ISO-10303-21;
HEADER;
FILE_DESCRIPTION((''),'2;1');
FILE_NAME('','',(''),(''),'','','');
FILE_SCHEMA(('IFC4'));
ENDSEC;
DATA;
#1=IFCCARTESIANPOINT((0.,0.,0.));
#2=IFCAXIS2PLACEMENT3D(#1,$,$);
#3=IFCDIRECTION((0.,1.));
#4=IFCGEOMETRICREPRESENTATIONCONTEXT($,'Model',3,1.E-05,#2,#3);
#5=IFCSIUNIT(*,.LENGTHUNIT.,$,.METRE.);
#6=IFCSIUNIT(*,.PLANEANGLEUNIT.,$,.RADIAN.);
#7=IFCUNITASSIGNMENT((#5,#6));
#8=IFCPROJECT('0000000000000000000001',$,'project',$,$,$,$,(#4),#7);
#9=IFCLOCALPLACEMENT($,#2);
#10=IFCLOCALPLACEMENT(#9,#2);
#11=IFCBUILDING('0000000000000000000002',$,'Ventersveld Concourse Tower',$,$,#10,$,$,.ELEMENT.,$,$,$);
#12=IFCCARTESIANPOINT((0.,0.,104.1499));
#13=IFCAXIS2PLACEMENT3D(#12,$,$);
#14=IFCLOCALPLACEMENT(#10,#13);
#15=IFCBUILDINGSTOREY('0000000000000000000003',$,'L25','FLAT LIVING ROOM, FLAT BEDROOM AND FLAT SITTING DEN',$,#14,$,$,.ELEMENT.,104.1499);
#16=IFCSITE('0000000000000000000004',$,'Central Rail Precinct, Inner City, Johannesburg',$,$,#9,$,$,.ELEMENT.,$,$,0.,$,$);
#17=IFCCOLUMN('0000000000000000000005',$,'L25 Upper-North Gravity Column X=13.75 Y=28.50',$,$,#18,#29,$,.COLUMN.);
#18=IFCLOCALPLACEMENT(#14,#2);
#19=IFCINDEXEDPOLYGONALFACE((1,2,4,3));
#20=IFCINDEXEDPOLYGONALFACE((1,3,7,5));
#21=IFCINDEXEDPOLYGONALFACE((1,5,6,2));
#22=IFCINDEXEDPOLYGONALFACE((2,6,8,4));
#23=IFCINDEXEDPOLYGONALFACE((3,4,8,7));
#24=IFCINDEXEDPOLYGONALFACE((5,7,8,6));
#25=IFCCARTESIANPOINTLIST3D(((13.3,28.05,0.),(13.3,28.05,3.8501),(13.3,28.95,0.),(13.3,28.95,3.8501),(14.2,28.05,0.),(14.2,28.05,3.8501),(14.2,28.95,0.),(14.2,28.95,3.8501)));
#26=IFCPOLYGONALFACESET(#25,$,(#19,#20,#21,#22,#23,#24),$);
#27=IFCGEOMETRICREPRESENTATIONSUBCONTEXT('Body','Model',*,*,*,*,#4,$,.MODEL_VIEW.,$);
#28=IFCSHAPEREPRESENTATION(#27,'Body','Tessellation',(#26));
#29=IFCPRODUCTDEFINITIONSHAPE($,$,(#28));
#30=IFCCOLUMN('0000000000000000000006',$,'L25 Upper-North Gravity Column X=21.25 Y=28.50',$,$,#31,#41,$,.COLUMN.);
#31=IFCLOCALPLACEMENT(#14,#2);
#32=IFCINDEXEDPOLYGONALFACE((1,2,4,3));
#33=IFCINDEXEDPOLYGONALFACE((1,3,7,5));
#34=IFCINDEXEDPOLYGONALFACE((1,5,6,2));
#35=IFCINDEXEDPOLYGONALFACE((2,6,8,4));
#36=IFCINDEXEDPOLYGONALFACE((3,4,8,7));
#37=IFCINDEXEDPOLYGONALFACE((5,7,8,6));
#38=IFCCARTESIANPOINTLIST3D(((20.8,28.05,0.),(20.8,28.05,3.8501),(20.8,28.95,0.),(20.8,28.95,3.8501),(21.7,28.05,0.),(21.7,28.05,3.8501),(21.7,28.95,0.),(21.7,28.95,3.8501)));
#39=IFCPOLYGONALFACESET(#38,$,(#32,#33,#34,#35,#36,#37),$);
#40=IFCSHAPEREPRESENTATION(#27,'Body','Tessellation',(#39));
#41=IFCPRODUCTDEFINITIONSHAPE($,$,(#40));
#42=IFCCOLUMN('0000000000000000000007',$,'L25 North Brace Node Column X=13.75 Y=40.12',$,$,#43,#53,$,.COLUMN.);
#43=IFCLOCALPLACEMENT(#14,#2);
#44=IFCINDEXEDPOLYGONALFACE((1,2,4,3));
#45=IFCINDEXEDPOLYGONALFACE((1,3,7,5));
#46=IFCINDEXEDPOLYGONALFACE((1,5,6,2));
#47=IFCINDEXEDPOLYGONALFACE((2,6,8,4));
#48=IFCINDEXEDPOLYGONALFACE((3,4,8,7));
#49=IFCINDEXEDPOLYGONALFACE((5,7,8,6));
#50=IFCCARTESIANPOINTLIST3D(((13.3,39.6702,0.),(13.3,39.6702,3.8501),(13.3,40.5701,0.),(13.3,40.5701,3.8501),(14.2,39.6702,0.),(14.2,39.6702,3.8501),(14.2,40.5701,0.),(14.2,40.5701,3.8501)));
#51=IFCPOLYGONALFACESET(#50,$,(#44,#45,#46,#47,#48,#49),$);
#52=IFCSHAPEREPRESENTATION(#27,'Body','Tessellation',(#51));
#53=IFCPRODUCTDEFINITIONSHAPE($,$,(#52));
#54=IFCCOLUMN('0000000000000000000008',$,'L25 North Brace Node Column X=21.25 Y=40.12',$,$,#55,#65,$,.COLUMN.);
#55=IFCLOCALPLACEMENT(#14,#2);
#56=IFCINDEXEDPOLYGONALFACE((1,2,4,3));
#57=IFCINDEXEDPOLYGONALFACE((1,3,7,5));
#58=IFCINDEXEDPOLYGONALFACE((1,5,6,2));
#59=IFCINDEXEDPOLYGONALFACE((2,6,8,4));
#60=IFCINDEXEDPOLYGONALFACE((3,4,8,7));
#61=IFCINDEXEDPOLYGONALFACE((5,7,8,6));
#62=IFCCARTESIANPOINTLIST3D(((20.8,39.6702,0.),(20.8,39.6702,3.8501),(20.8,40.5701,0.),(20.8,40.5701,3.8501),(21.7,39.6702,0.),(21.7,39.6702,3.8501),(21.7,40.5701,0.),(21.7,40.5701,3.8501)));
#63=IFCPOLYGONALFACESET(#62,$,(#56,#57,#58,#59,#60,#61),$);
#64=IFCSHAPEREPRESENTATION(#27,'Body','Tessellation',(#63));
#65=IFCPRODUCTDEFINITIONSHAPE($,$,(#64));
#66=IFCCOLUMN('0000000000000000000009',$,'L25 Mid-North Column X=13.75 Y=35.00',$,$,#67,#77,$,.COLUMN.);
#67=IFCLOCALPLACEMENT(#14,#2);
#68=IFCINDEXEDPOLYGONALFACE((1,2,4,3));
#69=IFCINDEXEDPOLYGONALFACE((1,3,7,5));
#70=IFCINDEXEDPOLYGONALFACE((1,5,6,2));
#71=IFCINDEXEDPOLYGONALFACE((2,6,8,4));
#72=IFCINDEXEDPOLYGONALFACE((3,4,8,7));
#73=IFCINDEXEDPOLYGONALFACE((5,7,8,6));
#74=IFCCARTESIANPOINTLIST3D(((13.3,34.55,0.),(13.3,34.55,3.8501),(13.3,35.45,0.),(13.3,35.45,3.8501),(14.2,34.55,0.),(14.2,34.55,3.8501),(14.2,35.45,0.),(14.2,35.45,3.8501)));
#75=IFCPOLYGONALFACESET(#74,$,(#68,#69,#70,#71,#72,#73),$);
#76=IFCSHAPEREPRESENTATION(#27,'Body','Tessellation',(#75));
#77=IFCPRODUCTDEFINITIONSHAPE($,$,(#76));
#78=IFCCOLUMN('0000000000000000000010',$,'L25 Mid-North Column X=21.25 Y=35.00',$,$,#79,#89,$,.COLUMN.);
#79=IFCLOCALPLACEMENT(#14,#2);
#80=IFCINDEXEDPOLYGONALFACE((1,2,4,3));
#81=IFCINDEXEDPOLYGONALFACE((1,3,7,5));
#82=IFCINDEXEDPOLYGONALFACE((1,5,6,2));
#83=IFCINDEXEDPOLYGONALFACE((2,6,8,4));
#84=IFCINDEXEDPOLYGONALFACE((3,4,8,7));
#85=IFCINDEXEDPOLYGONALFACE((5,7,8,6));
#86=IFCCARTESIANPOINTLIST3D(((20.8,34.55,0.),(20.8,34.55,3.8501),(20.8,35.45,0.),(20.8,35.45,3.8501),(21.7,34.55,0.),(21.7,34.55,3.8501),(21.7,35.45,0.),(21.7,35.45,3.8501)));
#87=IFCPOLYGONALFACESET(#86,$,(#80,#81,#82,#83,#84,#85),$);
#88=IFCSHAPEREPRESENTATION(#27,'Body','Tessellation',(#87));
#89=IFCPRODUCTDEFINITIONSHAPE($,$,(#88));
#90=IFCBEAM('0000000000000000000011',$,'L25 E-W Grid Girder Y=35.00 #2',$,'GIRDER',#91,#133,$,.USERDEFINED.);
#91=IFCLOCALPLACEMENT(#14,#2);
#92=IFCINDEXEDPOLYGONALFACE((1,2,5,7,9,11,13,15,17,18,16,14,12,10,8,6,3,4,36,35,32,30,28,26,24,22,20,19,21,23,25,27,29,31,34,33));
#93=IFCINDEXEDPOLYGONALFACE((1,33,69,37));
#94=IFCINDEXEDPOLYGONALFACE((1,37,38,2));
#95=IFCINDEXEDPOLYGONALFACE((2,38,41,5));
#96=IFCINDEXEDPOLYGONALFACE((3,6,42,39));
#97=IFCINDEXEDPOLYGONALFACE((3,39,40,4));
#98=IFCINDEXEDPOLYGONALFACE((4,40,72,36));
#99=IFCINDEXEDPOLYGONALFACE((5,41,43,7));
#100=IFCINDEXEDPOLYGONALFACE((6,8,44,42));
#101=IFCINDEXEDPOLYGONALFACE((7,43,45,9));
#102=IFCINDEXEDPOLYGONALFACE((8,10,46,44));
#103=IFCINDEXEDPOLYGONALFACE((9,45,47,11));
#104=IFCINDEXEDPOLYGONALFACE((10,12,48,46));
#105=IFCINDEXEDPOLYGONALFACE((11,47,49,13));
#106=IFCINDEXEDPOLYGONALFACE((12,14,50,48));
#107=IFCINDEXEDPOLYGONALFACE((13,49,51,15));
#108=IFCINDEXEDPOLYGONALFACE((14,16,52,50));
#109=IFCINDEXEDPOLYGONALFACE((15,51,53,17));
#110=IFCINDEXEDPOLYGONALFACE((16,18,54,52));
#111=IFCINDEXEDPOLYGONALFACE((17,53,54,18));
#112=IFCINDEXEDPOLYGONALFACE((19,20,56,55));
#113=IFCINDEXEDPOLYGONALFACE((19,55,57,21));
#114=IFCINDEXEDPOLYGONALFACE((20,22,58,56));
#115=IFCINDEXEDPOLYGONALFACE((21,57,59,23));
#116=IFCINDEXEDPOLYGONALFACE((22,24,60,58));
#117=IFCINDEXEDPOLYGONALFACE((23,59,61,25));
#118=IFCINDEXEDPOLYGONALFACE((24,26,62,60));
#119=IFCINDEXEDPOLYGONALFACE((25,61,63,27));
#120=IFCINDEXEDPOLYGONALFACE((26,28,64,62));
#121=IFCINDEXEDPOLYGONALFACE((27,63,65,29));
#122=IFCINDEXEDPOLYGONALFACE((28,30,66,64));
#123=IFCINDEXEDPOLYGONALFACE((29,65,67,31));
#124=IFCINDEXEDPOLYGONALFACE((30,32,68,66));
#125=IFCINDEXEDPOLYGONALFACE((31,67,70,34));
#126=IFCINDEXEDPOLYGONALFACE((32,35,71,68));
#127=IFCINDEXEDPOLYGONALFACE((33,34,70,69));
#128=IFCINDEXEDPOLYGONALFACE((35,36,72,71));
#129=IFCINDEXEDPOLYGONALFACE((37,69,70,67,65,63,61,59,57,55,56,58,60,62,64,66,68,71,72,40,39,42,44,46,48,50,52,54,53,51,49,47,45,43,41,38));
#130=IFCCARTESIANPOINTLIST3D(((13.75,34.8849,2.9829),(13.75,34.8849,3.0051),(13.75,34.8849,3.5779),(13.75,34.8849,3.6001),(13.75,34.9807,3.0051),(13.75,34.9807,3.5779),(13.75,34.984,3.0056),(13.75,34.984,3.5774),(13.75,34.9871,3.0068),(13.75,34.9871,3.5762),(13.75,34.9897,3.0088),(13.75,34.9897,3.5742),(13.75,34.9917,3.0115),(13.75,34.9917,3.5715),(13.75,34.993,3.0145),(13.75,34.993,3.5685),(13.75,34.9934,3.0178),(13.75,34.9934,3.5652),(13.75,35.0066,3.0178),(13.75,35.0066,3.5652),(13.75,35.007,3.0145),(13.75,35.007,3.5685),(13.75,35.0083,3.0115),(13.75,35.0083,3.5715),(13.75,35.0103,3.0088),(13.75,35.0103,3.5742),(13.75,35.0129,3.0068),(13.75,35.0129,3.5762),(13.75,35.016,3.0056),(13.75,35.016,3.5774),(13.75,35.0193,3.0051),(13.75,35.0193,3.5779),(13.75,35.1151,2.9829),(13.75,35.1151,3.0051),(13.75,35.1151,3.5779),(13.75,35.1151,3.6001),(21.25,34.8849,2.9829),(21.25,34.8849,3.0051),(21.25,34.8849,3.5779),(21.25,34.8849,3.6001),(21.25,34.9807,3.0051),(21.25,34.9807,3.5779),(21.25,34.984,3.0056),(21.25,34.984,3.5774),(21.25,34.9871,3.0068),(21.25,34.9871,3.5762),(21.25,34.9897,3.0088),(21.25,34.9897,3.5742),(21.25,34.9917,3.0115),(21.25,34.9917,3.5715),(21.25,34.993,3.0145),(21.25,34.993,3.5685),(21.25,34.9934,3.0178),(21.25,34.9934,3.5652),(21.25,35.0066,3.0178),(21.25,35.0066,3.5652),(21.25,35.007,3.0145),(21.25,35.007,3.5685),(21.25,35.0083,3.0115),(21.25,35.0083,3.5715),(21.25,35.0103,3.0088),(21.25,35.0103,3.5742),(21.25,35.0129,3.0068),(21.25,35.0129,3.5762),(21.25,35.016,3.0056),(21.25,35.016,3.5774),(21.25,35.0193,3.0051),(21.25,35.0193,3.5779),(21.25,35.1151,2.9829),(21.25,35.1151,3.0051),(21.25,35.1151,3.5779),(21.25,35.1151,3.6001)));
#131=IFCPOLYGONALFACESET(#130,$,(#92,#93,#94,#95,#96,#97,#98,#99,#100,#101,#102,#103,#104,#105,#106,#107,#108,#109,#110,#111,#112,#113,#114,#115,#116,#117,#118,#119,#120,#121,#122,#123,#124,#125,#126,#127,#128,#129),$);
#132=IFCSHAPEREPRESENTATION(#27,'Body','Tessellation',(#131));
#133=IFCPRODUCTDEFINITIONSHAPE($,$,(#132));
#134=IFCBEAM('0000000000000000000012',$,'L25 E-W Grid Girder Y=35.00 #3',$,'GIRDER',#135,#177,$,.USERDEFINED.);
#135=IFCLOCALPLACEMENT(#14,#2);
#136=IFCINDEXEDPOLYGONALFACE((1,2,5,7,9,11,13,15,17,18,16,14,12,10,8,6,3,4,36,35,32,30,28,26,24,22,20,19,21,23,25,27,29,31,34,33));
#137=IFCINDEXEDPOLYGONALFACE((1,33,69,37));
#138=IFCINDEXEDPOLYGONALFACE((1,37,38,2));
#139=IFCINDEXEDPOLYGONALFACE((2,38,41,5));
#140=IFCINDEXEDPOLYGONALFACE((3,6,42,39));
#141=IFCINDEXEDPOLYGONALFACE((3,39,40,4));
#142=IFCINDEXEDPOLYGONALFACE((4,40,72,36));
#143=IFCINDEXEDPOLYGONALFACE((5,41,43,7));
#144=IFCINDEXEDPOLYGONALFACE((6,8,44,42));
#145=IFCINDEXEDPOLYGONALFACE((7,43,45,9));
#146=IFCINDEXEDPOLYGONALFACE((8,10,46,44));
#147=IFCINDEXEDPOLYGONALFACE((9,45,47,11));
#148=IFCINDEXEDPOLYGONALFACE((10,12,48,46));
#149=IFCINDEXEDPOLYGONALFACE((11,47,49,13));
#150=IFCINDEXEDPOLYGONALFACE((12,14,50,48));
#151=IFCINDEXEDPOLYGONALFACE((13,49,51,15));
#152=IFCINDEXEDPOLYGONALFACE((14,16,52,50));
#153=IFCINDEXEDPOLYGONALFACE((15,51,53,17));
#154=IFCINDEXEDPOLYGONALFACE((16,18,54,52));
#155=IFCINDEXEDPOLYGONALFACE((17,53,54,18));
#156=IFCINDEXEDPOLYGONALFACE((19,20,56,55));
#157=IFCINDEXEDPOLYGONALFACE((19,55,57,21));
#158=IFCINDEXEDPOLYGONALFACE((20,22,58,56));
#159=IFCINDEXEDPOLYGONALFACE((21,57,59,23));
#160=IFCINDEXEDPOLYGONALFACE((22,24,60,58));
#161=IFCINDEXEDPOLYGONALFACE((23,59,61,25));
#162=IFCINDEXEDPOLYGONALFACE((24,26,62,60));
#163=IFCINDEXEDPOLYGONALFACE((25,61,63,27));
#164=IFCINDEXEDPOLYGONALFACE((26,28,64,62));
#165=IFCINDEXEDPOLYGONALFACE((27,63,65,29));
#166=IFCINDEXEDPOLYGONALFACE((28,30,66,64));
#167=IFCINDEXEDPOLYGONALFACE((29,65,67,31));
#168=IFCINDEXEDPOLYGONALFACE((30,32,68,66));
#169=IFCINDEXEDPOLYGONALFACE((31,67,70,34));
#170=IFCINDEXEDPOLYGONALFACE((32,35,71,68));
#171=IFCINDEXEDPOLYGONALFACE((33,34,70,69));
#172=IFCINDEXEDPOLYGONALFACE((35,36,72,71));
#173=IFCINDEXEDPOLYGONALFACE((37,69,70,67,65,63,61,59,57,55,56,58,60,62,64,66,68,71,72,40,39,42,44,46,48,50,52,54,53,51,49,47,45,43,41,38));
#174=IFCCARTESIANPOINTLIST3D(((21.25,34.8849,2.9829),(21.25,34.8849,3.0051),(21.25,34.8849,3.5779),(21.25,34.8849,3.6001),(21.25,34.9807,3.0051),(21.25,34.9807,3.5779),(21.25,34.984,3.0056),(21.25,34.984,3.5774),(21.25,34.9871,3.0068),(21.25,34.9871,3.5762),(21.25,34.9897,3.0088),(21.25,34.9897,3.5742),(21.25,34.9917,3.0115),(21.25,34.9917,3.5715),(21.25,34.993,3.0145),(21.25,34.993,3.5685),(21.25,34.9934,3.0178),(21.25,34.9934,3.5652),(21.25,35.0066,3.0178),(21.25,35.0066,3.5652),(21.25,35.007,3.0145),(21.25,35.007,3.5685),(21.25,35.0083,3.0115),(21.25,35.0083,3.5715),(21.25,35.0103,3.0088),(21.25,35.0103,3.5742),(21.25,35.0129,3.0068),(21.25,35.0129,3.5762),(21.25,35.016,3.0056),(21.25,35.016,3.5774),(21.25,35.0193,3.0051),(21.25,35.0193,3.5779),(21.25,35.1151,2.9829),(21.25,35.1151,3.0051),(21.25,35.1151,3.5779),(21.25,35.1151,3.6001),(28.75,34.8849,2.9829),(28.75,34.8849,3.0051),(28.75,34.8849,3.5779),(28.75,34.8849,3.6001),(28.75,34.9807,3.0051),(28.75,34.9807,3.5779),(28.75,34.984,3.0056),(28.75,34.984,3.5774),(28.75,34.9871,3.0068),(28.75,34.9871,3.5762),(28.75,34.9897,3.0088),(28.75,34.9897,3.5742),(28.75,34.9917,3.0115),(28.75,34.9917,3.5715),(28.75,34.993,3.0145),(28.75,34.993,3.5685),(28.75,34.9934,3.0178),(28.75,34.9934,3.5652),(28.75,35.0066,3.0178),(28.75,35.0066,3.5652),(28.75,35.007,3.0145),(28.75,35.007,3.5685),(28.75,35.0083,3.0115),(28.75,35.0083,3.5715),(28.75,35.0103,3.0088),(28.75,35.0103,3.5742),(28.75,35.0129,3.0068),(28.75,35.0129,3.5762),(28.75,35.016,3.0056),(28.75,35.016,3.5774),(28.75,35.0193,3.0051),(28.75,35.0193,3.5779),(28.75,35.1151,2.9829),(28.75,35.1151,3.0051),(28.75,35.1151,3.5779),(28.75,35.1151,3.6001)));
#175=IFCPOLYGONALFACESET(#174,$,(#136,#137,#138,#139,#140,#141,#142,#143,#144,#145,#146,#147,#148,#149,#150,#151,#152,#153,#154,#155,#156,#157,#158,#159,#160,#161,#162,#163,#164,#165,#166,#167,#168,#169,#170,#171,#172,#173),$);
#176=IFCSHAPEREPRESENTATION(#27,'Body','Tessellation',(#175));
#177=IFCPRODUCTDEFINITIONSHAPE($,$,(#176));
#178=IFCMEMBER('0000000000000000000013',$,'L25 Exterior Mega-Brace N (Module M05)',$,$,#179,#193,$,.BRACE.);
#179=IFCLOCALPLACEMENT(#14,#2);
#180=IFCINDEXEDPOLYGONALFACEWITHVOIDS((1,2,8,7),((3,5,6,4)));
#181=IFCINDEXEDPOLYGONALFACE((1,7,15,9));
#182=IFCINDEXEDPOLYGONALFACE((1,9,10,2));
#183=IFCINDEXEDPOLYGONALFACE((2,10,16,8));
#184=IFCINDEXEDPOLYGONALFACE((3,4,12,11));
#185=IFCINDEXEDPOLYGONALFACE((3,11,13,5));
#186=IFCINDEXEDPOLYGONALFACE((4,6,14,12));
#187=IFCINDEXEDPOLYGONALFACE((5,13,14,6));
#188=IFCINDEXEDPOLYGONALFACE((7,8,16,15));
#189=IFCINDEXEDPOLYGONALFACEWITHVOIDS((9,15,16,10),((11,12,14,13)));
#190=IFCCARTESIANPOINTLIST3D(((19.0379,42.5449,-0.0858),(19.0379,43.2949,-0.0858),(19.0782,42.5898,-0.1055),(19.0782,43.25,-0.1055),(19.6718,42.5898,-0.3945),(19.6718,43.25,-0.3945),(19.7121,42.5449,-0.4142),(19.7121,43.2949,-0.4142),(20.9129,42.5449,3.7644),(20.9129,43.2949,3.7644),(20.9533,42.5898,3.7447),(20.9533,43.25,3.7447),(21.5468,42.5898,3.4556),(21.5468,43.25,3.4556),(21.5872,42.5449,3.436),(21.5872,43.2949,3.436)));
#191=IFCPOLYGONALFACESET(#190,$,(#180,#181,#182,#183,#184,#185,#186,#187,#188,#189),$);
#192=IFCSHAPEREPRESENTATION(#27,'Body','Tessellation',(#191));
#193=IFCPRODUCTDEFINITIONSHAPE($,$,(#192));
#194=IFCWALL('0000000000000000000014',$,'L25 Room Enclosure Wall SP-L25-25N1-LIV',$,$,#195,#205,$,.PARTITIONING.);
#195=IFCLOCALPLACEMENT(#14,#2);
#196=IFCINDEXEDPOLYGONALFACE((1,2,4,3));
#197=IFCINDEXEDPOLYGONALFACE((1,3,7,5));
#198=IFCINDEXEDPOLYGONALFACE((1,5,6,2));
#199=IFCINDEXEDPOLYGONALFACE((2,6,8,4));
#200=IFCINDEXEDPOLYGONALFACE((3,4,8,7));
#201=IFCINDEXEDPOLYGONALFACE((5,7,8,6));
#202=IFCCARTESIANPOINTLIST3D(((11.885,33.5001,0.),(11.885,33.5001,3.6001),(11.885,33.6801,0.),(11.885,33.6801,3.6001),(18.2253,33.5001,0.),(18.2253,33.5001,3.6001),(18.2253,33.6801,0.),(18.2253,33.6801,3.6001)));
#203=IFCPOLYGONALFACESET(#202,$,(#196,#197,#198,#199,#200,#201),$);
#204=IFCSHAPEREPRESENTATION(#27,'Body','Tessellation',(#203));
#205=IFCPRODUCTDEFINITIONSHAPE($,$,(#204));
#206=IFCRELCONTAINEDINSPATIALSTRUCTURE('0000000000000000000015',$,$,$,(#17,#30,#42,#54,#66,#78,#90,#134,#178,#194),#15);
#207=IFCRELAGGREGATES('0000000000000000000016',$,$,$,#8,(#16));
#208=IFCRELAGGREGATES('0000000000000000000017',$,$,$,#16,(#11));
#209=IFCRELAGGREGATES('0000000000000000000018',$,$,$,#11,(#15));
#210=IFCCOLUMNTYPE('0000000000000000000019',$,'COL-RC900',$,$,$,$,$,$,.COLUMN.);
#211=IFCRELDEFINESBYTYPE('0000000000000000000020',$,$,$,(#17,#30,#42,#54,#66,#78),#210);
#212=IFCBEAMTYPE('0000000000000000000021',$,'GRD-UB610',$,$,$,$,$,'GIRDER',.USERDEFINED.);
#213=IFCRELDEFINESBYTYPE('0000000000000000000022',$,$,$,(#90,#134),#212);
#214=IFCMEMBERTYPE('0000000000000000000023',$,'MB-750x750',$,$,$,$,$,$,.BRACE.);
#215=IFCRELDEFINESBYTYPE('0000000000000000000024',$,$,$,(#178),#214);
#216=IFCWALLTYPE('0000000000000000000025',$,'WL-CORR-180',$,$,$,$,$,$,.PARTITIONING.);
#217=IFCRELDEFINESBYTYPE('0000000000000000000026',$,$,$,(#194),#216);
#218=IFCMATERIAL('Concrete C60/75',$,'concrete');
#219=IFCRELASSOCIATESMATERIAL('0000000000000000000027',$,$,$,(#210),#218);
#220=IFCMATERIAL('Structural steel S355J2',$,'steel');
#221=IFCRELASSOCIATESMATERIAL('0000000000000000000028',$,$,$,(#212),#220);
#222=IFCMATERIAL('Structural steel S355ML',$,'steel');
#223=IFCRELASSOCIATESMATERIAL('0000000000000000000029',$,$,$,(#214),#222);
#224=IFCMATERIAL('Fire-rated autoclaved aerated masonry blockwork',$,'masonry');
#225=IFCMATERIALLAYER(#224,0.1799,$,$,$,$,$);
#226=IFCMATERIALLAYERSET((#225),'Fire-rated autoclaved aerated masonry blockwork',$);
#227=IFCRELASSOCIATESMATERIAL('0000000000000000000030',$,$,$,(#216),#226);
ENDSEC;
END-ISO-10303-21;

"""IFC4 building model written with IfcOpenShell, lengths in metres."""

from ifc_helpers import new_model, si_unit, direction, frame, frame_2d, origin, origin_2d, place, context, subcontext, project, spatial, rectangle, hollow_rectangle, i_section, extrude, material, layer, layer_set, material_profile, profile_set, type_object, element, save


model = new_model("IFC4")

# Units and contexts
model_context = context("Model", 3, precision=1e-05, world=origin(), true_north=direction((0.0, 1.0)))
body_context = subcontext(model_context, "Body", "Model", "MODEL_VIEW")
ifc_project = project(units=[si_unit("LENGTHUNIT", "METRE"), si_unit("PLANEANGLEUNIT", "RADIAN")], contexts=[model_context])

# Site, building, storey
site_placement = place(None, origin())
site = spatial("IfcSite", under=ifc_project, at=site_placement, Name="Central Rail Precinct, Inner City, Johannesburg", CompositionType="ELEMENT", RefElevation=0.0)
building_placement = place(site_placement, origin())
building = spatial("IfcBuilding", under=site, at=building_placement, Name="Ventersveld Concourse Tower", CompositionType="ELEMENT")
storey_placement = place(building_placement, frame((0.0, 0.0, 104.1499)))
storey = spatial("IfcBuildingStorey", under=building, at=storey_placement, Name="L25", Description="FLAT LIVING ROOM, FLAT BEDROOM AND FLAT SITTING DEN", CompositionType="ELEMENT", Elevation=104.1499)

# Columns
ifc_material_1 = material(Name="Concrete C60/75", Category="concrete")
ifc_material_profile_1 = material_profile(ifc_material_1, rectangle(XDim=0.8999, YDim=0.8999, at=origin_2d()), Name="RC 900x900")
ifc_profile_set_1 = profile_set([ifc_material_profile_1], Name="Concrete C60/75")
column_type = type_object("IfcColumnType", Name="COL-RC900", PredefinedType="COLUMN", material=ifc_profile_set_1)
for number, where, z_axis, x_axis, name in (
    (1, (13.75, 28.5, 0.0), (0.0, 0.0, 1.0), (1.0, 0.0, 0.0), "L25 Upper-North Gravity Column X=13.75 Y=28.50"),
    (2, (21.25, 28.5, 0.0), (0.0, 0.0, 1.0), (1.0, 0.0, 0.0), "L25 Upper-North Gravity Column X=21.25 Y=28.50"),
    (3, (13.75, 40.1201, 0.0), (0.0, 0.0, 1.0), (1.0, 0.0, 0.0), "L25 North Brace Node Column X=13.75 Y=40.12"),
    (4, (21.25, 40.1201, 0.0), (0.0, 0.0, 1.0), (1.0, 0.0, 0.0), "L25 North Brace Node Column X=21.25 Y=40.12"),
    (5, (13.75, 35.0, 0.0), (0.0, 0.0, 1.0), (1.0, 0.0, 0.0), "L25 Mid-North Column X=13.75 Y=35.00"),
    (6, (21.25, 35.0, 0.0), (0.0, 0.0, 1.0), (1.0, 0.0, 0.0), "L25 Mid-North Column X=21.25 Y=35.00"),
):
    element("IfcColumn", number, at=place(storey_placement, frame(where, z_axis=z_axis, x_axis=x_axis)), inside=storey, type_object=column_type, Name=name, PredefinedType="COLUMN", context=body_context, shape_type="SweptSolid", body=[
        extrude(rectangle(XDim=0.8999, YDim=0.8999, at=origin_2d()), origin(), (0.0, 0.0, 1.0), 3.8501),
    ])

# Beams
ifc_material_2 = material(Name="Structural steel S355J2", Category="steel")
ifc_material_profile_2 = material_profile(ifc_material_2, i_section(OverallWidth=0.2302, OverallDepth=0.6172, WebThickness=0.0132, FlangeThickness=0.0222, FilletRadius=0.0127, at=origin_2d()), Name="UB 610x229x140")
ifc_profile_set_2 = profile_set([ifc_material_profile_2], Name="Structural steel S355J2")
beam_type = type_object("IfcBeamType", Name="GRD-UB610", ElementType="GIRDER", PredefinedType="USERDEFINED", material=ifc_profile_set_2)
for number, where, z_axis, x_axis, name in (
    (7, (13.75, 35.0, 3.2915), (1.0, 0.0, 0.0), (0.0, 1.0, 0.0), "L25 E-W Grid Girder Y=35.00 #2"),
    (8, (21.25, 35.0, 3.2915), (1.0, 0.0, 0.0), (0.0, 1.0, 0.0), "L25 E-W Grid Girder Y=35.00 #3"),
):
    element("IfcBeam", number, at=place(storey_placement, frame(where, z_axis=z_axis, x_axis=x_axis)), inside=storey, type_object=beam_type, Name=name, ObjectType="GIRDER", PredefinedType="USERDEFINED", context=body_context, shape_type="SweptSolid", body=[
        extrude(i_section(OverallWidth=0.2302, OverallDepth=0.6172, WebThickness=0.0132, FlangeThickness=0.0222, FilletRadius=0.0127, at=origin_2d()), origin(), (0.0, 0.0, 1.0), 7.5),
    ])

# Member
ifc_material_3 = material(Name="Structural steel S355ML", Category="steel")
ifc_material_profile_3 = material_profile(ifc_material_3, hollow_rectangle(XDim=0.75, YDim=0.75, WallThickness=0.0449, at=origin_2d()), Name="BOX 750x750x45")
ifc_profile_set_3 = profile_set([ifc_material_profile_3], Name="Structural steel S355ML")
member_type = type_object("IfcMemberType", Name="MB-750x750", PredefinedType="BRACE", material=ifc_profile_set_3)
member_placement = place(storey_placement, frame((19.375, 42.9199, -0.25), z_axis=(0.437839, 0.0, 0.899053), x_axis=(0.0, 1.0, 0.0)))
element("IfcMember", 9, at=member_placement, inside=storey, type_object=member_type, Name="L25 Exterior Mega-Brace N (Module M05)", PredefinedType="BRACE", context=body_context, shape_type="SweptSolid", body=[
    extrude(hollow_rectangle(XDim=0.75, YDim=0.75, WallThickness=0.0449, at=origin_2d()), origin(), (0.0, 0.0, 1.0), 4.2825),
])

# Wall
ifc_material_4 = material(Name="Fire-rated autoclaved aerated masonry blockwork", Category="masonry")
ifc_layer_1 = layer(ifc_material_4, 0.1799)
ifc_layer_set_1 = layer_set([ifc_layer_1], Name="Fire-rated autoclaved aerated masonry blockwork")
wall_type_1 = type_object("IfcWallType", Name="WL-CORR-180", PredefinedType="PARTITIONING", material=ifc_layer_set_1)
wall_1_placement = place(storey_placement, frame((18.2253, 33.5901, 0.0), z_axis=(0.0, 0.0, 1.0), x_axis=(-1.0, 0.0, 0.0)))
element("IfcWall", 10, at=wall_1_placement, inside=storey, type_object=wall_type_1, Name="L25 Room Enclosure Wall SP-L25-25N1-LIV", PredefinedType="PARTITIONING", context=body_context, shape_type="SweptSolid", body=[
    extrude(rectangle(XDim=6.3403, YDim=0.1799, at=frame_2d((3.1702, 0.0))), origin(), (0.0, 0.0, 1.0), 3.6001),
])

save(model, "model.ifc")
